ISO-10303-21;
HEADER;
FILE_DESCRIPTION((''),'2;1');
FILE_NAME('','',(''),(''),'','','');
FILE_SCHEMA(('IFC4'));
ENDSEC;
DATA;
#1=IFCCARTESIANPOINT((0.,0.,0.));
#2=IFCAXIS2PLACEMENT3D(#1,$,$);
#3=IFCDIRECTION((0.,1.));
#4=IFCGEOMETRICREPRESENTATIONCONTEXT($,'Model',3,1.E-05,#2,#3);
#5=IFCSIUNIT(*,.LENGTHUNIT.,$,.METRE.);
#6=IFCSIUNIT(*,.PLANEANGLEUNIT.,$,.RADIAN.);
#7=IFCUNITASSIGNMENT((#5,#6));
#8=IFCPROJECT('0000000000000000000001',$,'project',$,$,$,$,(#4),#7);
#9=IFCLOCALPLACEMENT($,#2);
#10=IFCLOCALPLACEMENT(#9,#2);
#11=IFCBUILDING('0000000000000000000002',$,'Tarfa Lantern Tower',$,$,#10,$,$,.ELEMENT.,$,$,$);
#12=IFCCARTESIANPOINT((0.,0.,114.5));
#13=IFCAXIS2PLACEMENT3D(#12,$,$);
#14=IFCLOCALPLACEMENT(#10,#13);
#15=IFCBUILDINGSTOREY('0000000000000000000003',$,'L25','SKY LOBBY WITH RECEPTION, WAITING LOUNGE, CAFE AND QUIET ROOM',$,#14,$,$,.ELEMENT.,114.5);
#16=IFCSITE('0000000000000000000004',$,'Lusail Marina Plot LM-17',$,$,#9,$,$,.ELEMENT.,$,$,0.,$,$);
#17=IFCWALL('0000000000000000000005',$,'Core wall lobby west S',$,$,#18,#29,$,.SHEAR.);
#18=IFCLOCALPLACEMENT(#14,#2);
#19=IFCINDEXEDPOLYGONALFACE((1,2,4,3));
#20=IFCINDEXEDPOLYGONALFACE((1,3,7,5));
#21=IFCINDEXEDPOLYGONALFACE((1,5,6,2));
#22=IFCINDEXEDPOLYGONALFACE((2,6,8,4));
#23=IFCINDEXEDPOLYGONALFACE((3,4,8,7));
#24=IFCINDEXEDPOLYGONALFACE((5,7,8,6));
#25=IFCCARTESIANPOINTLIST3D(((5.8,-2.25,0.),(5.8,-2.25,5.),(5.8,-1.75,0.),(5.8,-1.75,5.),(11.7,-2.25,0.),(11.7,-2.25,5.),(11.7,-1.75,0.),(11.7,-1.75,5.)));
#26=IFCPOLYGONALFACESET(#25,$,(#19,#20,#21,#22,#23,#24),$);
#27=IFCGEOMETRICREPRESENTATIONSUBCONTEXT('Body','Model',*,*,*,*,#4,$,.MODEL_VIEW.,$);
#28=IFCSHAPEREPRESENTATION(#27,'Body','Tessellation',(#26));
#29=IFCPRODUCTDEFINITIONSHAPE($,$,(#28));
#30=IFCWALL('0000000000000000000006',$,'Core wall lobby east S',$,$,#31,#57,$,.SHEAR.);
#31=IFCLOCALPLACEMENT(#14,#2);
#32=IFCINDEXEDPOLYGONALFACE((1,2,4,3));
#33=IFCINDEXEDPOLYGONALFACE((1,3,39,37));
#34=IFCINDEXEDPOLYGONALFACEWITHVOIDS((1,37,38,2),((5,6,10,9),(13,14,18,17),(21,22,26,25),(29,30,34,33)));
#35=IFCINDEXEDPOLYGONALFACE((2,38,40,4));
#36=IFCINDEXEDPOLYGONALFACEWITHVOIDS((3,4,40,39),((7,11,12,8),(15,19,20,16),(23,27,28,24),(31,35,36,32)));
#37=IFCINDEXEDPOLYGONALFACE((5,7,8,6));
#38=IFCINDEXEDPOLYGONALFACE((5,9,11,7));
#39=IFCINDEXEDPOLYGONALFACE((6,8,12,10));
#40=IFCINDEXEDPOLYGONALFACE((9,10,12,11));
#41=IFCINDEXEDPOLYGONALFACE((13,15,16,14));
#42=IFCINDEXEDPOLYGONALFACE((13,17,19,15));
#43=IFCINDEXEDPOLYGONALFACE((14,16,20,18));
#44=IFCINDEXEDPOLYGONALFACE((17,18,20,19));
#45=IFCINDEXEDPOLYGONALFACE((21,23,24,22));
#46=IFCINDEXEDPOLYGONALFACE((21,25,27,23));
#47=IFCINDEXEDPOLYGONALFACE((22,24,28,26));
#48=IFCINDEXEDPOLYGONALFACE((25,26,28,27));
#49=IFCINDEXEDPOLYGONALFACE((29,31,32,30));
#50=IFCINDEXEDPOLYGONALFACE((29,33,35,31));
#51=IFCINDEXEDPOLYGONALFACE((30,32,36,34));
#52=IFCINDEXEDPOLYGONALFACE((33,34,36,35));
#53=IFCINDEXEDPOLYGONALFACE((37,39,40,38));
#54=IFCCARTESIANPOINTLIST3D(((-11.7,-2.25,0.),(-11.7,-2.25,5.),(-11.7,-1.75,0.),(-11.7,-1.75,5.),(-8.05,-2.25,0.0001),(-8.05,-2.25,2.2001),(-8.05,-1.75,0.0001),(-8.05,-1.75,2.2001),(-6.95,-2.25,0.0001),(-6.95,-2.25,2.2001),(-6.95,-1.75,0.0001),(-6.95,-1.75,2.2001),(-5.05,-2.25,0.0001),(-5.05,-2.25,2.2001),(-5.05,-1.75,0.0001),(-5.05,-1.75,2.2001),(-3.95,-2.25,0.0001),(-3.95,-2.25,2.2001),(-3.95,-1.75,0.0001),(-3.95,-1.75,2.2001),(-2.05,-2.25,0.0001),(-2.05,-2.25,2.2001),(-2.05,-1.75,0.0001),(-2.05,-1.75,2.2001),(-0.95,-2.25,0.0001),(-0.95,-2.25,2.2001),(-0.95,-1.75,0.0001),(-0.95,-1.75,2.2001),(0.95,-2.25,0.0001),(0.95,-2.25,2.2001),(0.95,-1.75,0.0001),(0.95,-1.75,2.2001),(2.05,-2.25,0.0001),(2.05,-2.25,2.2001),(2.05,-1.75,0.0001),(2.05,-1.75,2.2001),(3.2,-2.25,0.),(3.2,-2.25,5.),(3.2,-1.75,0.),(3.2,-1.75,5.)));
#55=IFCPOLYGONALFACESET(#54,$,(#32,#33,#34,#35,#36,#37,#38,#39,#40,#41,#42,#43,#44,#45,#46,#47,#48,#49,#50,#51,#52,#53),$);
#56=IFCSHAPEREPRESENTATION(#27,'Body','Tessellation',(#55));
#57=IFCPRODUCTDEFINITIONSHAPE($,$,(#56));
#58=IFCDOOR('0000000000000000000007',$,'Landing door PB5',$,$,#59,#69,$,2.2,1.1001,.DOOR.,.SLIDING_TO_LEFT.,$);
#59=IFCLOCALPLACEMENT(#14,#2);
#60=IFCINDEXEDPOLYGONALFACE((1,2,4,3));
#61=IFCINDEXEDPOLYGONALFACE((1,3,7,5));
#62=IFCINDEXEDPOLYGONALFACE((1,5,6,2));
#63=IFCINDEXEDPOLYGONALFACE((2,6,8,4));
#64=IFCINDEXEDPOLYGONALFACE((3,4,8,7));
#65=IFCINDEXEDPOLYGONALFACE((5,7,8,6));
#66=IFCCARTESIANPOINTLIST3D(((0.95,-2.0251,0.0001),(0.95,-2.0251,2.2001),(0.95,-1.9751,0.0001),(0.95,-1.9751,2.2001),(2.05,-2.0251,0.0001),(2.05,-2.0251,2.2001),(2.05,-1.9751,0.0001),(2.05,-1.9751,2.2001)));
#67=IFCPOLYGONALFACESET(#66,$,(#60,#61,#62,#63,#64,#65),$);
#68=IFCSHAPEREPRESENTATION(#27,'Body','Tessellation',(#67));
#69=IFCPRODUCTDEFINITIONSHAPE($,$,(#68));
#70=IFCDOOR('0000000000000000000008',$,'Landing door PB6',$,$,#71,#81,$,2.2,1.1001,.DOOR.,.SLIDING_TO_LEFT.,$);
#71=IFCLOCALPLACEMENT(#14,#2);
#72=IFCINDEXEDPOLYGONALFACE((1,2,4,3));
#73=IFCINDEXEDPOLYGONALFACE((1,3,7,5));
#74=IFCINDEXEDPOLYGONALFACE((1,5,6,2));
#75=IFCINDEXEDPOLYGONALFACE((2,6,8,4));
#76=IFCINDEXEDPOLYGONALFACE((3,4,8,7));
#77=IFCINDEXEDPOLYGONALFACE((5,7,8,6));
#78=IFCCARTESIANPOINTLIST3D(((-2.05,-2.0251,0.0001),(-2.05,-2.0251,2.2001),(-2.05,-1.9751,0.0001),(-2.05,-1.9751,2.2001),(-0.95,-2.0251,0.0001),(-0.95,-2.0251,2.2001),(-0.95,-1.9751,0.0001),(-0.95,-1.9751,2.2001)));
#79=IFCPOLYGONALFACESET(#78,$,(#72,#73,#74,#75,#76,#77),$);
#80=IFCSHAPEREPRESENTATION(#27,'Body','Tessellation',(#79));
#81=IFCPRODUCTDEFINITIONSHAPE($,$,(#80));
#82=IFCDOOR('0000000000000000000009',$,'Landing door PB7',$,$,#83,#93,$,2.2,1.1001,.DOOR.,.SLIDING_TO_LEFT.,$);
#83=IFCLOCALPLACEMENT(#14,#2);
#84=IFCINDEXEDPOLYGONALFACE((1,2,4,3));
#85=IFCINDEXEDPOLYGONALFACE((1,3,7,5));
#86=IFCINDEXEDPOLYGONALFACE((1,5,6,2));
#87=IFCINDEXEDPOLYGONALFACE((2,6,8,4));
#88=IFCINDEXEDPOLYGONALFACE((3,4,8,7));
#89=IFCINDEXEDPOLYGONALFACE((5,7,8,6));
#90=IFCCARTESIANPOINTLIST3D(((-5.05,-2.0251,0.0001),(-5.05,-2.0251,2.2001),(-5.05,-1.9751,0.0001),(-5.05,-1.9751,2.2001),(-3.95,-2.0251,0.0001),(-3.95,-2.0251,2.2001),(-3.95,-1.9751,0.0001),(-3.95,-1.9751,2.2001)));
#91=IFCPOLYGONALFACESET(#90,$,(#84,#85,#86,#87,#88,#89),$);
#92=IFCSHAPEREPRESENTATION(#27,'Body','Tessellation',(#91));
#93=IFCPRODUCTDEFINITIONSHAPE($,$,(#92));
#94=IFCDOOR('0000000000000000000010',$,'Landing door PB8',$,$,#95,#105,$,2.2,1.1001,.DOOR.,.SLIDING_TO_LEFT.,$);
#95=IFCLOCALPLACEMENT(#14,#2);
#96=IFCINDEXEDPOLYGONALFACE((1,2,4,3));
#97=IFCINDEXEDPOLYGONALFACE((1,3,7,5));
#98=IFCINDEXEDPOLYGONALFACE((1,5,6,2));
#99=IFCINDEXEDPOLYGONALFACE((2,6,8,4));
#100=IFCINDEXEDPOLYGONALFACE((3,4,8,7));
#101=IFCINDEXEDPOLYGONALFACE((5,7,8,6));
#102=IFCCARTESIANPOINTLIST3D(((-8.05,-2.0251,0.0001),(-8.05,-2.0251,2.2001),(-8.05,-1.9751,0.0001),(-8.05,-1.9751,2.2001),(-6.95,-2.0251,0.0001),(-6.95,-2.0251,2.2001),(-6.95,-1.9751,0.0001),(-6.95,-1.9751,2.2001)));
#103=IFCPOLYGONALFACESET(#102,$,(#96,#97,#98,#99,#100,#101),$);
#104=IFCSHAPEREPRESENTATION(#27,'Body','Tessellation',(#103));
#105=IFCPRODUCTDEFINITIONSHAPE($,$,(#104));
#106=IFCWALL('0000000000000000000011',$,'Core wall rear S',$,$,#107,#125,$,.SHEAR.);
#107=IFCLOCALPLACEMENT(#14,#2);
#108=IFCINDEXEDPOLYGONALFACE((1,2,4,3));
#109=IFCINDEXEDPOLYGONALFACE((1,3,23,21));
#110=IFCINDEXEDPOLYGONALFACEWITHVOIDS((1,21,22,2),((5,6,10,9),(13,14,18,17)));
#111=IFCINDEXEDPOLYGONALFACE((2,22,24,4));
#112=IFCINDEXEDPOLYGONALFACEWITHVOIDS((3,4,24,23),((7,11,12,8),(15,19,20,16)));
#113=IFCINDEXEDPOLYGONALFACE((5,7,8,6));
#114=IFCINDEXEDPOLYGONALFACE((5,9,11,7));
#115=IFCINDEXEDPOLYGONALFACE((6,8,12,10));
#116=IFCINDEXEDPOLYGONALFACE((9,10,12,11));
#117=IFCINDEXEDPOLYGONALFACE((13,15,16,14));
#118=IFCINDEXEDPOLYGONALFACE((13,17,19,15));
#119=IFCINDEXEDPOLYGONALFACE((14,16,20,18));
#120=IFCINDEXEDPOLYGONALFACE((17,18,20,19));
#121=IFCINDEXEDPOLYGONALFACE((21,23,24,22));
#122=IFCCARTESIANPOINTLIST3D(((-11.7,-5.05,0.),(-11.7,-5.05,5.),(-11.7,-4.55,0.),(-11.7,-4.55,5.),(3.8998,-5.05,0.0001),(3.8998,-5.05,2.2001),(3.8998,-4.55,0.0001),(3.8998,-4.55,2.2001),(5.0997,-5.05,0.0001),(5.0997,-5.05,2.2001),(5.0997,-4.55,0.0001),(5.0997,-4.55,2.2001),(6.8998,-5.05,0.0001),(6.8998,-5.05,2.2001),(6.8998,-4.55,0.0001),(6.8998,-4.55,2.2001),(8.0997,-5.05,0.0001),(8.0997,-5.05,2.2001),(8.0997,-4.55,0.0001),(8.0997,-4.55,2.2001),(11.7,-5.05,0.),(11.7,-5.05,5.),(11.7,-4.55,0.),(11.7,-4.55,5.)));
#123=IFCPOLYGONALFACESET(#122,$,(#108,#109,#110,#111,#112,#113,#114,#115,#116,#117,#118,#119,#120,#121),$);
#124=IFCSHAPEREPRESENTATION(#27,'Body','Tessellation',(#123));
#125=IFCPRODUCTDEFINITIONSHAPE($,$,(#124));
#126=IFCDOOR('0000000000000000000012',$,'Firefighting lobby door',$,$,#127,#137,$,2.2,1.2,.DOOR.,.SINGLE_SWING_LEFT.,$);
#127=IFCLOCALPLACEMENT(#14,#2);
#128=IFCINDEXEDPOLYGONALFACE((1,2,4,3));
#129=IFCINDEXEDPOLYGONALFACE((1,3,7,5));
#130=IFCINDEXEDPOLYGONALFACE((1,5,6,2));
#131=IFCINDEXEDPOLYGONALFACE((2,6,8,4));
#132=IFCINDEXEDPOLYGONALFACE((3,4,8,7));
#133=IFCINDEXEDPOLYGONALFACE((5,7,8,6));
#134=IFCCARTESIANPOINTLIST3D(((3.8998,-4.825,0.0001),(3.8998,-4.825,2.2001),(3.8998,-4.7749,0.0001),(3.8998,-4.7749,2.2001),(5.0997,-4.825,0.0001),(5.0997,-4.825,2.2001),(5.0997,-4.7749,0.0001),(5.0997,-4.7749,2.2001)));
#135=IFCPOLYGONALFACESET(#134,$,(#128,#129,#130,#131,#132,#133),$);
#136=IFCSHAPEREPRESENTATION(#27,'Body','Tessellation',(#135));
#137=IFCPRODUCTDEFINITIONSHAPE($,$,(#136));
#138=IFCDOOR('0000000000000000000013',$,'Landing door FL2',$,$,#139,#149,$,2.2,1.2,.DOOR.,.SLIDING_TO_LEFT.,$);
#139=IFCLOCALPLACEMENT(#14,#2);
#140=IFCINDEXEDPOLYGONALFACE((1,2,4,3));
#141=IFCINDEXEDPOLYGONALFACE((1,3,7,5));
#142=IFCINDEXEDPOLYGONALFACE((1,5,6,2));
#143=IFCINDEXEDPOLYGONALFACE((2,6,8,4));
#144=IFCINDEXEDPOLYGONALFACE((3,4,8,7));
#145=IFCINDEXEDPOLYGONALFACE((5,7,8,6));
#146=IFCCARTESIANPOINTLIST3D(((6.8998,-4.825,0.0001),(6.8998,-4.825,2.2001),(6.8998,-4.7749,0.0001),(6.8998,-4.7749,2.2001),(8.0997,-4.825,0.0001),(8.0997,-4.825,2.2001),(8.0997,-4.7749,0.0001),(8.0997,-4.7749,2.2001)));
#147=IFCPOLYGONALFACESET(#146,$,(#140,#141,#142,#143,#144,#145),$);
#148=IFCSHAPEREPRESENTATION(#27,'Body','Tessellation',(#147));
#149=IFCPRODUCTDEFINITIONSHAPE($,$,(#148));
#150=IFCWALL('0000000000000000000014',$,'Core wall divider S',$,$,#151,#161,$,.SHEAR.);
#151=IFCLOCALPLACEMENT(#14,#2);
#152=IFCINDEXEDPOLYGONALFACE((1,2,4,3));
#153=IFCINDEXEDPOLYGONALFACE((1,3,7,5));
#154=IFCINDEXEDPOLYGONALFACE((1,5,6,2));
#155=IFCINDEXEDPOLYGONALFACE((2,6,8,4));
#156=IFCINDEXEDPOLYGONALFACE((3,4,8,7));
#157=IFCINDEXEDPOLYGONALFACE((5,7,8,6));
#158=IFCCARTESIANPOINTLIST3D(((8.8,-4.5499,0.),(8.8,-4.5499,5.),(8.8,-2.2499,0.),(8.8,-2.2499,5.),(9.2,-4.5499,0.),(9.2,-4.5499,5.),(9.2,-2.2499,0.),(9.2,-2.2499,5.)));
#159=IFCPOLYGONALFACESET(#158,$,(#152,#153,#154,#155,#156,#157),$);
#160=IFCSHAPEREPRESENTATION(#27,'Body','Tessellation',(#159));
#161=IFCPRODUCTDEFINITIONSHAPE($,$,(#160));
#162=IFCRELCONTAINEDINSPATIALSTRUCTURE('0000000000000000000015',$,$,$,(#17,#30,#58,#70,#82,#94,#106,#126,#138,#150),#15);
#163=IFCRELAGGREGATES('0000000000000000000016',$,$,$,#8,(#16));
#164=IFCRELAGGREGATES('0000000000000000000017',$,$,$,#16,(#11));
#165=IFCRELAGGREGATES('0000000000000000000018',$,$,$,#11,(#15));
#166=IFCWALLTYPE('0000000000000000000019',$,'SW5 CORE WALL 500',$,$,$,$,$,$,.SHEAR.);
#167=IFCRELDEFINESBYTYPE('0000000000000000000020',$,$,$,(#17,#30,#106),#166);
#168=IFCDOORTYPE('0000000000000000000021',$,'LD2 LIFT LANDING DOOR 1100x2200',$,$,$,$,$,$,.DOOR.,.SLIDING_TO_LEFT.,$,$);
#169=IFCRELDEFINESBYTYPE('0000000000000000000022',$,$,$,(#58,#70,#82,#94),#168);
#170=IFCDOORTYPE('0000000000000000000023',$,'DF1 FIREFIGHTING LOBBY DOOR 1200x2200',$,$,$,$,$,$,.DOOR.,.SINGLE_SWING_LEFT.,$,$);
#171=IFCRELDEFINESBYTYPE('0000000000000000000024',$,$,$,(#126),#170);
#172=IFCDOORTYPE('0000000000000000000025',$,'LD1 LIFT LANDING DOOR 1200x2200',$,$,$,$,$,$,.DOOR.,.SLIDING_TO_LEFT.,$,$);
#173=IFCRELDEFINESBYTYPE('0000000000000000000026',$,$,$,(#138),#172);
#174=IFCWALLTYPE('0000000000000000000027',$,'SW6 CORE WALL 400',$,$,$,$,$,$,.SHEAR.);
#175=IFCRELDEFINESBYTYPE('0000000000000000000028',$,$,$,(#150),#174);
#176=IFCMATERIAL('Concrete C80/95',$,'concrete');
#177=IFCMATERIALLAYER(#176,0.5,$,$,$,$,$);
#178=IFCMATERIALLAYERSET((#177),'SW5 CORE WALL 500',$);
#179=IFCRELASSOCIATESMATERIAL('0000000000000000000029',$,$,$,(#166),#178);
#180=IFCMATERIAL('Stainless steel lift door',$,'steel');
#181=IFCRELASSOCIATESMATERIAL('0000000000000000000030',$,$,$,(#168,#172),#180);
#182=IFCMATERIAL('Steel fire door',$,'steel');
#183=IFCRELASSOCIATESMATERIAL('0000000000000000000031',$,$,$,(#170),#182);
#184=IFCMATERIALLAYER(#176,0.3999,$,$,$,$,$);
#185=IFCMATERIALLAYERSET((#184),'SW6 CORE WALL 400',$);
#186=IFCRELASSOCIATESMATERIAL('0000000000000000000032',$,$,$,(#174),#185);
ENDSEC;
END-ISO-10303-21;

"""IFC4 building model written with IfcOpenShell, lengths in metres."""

from ifc_helpers import new_model, si_unit, direction, frame, frame_2d, origin, place, context, subcontext, project, spatial, rectangle, extrude, material, layer, layer_set, type_object, element, fill, save


model = new_model("IFC4")

# Units and contexts
model_context = context("Model", 3, precision=1e-05, world=origin(), true_north=direction((0.0, 1.0)))
body_context = subcontext(model_context, "Body", "Model", "MODEL_VIEW")
ifc_project = project(units=[si_unit("LENGTHUNIT", "METRE"), si_unit("PLANEANGLEUNIT", "RADIAN")], contexts=[model_context])

# Site, building, storey
site_placement = place(None, origin())
site = spatial("IfcSite", under=ifc_project, at=site_placement, Name="Lusail Marina Plot LM-17", CompositionType="ELEMENT", RefElevation=0.0)
building_placement = place(site_placement, origin())
building = spatial("IfcBuilding", under=site, at=building_placement, Name="Tarfa Lantern Tower", CompositionType="ELEMENT")
storey_placement = place(building_placement, frame((0.0, 0.0, 114.5)))
storey = spatial("IfcBuildingStorey", under=building, at=storey_placement, Name="L25", Description="SKY LOBBY WITH RECEPTION, WAITING LOUNGE, CAFE AND QUIET ROOM", CompositionType="ELEMENT", Elevation=114.5)

# Shared definitions
ifc_material_1 = material(Name="Concrete C80/95", Category="concrete")

# Shared definitions
ifc_material_2 = material(Name="Steel fire door", Category="steel")

# Wall
ifc_layer_1 = layer(ifc_material_1, 0.5)
ifc_layer_set_1 = layer_set([ifc_layer_1], Name="SW5 CORE WALL 500")
wall_type_1 = type_object("IfcWallType", Name="SW5 CORE WALL 500", PredefinedType="SHEAR", material=ifc_layer_set_1)
wall_1_placement = place(storey_placement, frame((11.7, -2.0, 0.0), z_axis=(0.0, 0.0, 1.0), x_axis=(-1.0, 0.0, 0.0)))
element("IfcWall", 1, at=wall_1_placement, inside=storey, type_object=wall_type_1, Name="Core wall lobby west S", PredefinedType="SHEAR", context=body_context, shape_type="SweptSolid", body=[
    extrude(rectangle(XDim=5.8999, YDim=0.5, at=frame_2d((2.95, 0.0))), origin(), (0.0, 0.0, 1.0), 5.0),
])

# Walls, openings, doors
wall_2_placement = place(storey_placement, frame((3.2, -2.0, 0.0), z_axis=(0.0, 0.0, 1.0), x_axis=(-1.0, 0.0, 0.0)))
wall_2 = element("IfcWall", 2, at=wall_2_placement, inside=storey, type_object=wall_type_1, Name="Core wall lobby east S", PredefinedType="SHEAR", context=body_context, shape_type="SweptSolid", body=[
    extrude(rectangle(XDim=14.8999, YDim=0.5, at=frame_2d((7.45, 0.0))), origin(), (0.0, 0.0, 1.0), 5.0),
])
opening_1_placement = place(wall_2_placement, frame((1.1499, 0.0, 0.0)))
opening_1 = element("IfcOpeningElement", 3, at=opening_1_placement, cuts=wall_2, PredefinedType="OPENING", context=body_context, shape_type="SweptSolid", body=[
    extrude(rectangle(XDim=1.1001, YDim=2.2, at=frame_2d((0.55, 1.1001))), frame((0.0, 0.26, 0.0), z_axis=(0.0, -1.0, 0.0), x_axis=(1.0, 0.0, 0.0)), (0.0, 0.0, 1.0), 0.52),
])
opening_2_placement = place(wall_2_placement, frame((4.1499, 0.0, 0.0)))
opening_2 = element("IfcOpeningElement", 4, at=opening_2_placement, cuts=wall_2, PredefinedType="OPENING", context=body_context, shape_type="SweptSolid", body=[
    extrude(rectangle(XDim=1.1001, YDim=2.2, at=frame_2d((0.55, 1.1001))), frame((0.0, 0.26, 0.0), z_axis=(0.0, -1.0, 0.0), x_axis=(1.0, 0.0, 0.0)), (0.0, 0.0, 1.0), 0.52),
])
opening_3_placement = place(wall_2_placement, frame((7.1499, 0.0, 0.0)))
opening_3 = element("IfcOpeningElement", 5, at=opening_3_placement, cuts=wall_2, PredefinedType="OPENING", context=body_context, shape_type="SweptSolid", body=[
    extrude(rectangle(XDim=1.1001, YDim=2.2, at=frame_2d((0.55, 1.1001))), frame((0.0, 0.26, 0.0), z_axis=(0.0, -1.0, 0.0), x_axis=(1.0, 0.0, 0.0)), (0.0, 0.0, 1.0), 0.52),
])
opening_4_placement = place(wall_2_placement, frame((10.1499, 0.0, 0.0)))
opening_4 = element("IfcOpeningElement", 6, at=opening_4_placement, cuts=wall_2, PredefinedType="OPENING", context=body_context, shape_type="SweptSolid", body=[
    extrude(rectangle(XDim=1.1001, YDim=2.2, at=frame_2d((0.55, 1.1001))), frame((0.0, 0.26, 0.0), z_axis=(0.0, -1.0, 0.0), x_axis=(1.0, 0.0, 0.0)), (0.0, 0.0, 1.0), 0.52),
])
ifc_material_3 = material(Name="Stainless steel lift door", Category="steel")
door_type_1 = type_object("IfcDoorType", Name="LD2 LIFT LANDING DOOR 1100x2200", OperationType="SLIDING_TO_LEFT", PredefinedType="DOOR", material=ifc_material_3)
door_1_placement = place(opening_1_placement, frame((1.1001, 0.0, 0.0), z_axis=(0.0, 0.0, 1.0), x_axis=(-1.0, 0.0, 0.0)))
door_1 = element("IfcDoor", 7, at=door_1_placement, inside=storey, type_object=door_type_1, Name="Landing door PB5", OperationType="SLIDING_TO_LEFT", OverallHeight=2.2, OverallWidth=1.1001, PredefinedType="DOOR", context=body_context, shape_type="SweptSolid", body=[
    extrude(rectangle(XDim=1.1001, YDim=2.2, at=frame_2d((0.55, 1.1001))), frame((0.0, 0.0249, 0.0), z_axis=(0.0, -1.0, 0.0), x_axis=(1.0, 0.0, 0.0)), (0.0, 0.0, 1.0), 0.05),
])
fill(opening_1, door_1)
door_2_placement = place(opening_2_placement, frame((1.1001, 0.0, 0.0), z_axis=(0.0, 0.0, 1.0), x_axis=(-1.0, 0.0, 0.0)))
door_2 = element("IfcDoor", 8, at=door_2_placement, inside=storey, type_object=door_type_1, Name="Landing door PB6", OperationType="SLIDING_TO_LEFT", OverallHeight=2.2, OverallWidth=1.1001, PredefinedType="DOOR", context=body_context, shape_type="SweptSolid", body=[
    extrude(rectangle(XDim=1.1001, YDim=2.2, at=frame_2d((0.55, 1.1001))), frame((0.0, 0.0249, 0.0), z_axis=(0.0, -1.0, 0.0), x_axis=(1.0, 0.0, 0.0)), (0.0, 0.0, 1.0), 0.05),
])
fill(opening_2, door_2)
door_3_placement = place(opening_3_placement, frame((1.1001, 0.0, 0.0), z_axis=(0.0, 0.0, 1.0), x_axis=(-1.0, 0.0, 0.0)))
door_3 = element("IfcDoor", 9, at=door_3_placement, inside=storey, type_object=door_type_1, Name="Landing door PB7", OperationType="SLIDING_TO_LEFT", OverallHeight=2.2, OverallWidth=1.1001, PredefinedType="DOOR", context=body_context, shape_type="SweptSolid", body=[
    extrude(rectangle(XDim=1.1001, YDim=2.2, at=frame_2d((0.55, 1.1001))), frame((0.0, 0.0249, 0.0), z_axis=(0.0, -1.0, 0.0), x_axis=(1.0, 0.0, 0.0)), (0.0, 0.0, 1.0), 0.05),
])
fill(opening_3, door_3)
door_4_placement = place(opening_4_placement, frame((1.1001, 0.0, 0.0), z_axis=(0.0, 0.0, 1.0), x_axis=(-1.0, 0.0, 0.0)))
door_4 = element("IfcDoor", 10, at=door_4_placement, inside=storey, type_object=door_type_1, Name="Landing door PB8", OperationType="SLIDING_TO_LEFT", OverallHeight=2.2, OverallWidth=1.1001, PredefinedType="DOOR", context=body_context, shape_type="SweptSolid", body=[
    extrude(rectangle(XDim=1.1001, YDim=2.2, at=frame_2d((0.55, 1.1001))), frame((0.0, 0.0249, 0.0), z_axis=(0.0, -1.0, 0.0), x_axis=(1.0, 0.0, 0.0)), (0.0, 0.0, 1.0), 0.05),
])
fill(opening_4, door_4)
wall_3_placement = place(storey_placement, frame((11.7, -4.8, 0.0), z_axis=(0.0, 0.0, 1.0), x_axis=(-1.0, 0.0, 0.0)))
wall_3 = element("IfcWall", 11, at=wall_3_placement, inside=storey, type_object=wall_type_1, Name="Core wall rear S", PredefinedType="SHEAR", context=body_context, shape_type="SweptSolid", body=[
    extrude(rectangle(XDim=23.3999, YDim=0.5, at=frame_2d((11.7, 0.0))), origin(), (0.0, 0.0, 1.0), 5.0),
])
opening_5_placement = place(wall_3_placement, frame((6.6001, 0.0, 0.0)))
opening_5 = element("IfcOpeningElement", 12, at=opening_5_placement, cuts=wall_3, PredefinedType="OPENING", context=body_context, shape_type="SweptSolid", body=[
    extrude(rectangle(XDim=1.2, YDim=2.2, at=frame_2d((0.6001, 1.1001))), frame((0.0, 0.26, 0.0), z_axis=(0.0, -1.0, 0.0), x_axis=(1.0, 0.0, 0.0)), (0.0, 0.0, 1.0), 0.52),
])
opening_6_placement = place(wall_3_placement, frame((3.6001, 0.0, 0.0)))
opening_6 = element("IfcOpeningElement", 13, at=opening_6_placement, cuts=wall_3, PredefinedType="OPENING", context=body_context, shape_type="SweptSolid", body=[
    extrude(rectangle(XDim=1.2, YDim=2.2, at=frame_2d((0.6001, 1.1001))), frame((0.0, 0.26, 0.0), z_axis=(0.0, -1.0, 0.0), x_axis=(1.0, 0.0, 0.0)), (0.0, 0.0, 1.0), 0.52),
])
door_type_2 = type_object("IfcDoorType", Name="DF1 FIREFIGHTING LOBBY DOOR 1200x2200", OperationType="SINGLE_SWING_LEFT", PredefinedType="DOOR", material=ifc_material_2)
door_5_placement = place(opening_5_placement, origin())
door_5 = element("IfcDoor", 14, at=door_5_placement, inside=storey, type_object=door_type_2, Name="Firefighting lobby door", OperationType="SINGLE_SWING_LEFT", OverallHeight=2.2, OverallWidth=1.2, PredefinedType="DOOR", context=body_context, shape_type="SweptSolid", body=[
    extrude(rectangle(XDim=1.2, YDim=2.2, at=frame_2d((0.6001, 1.1001))), frame((0.0, 0.0249, 0.0), z_axis=(0.0, -1.0, 0.0), x_axis=(1.0, 0.0, 0.0)), (0.0, 0.0, 1.0), 0.05),
])
fill(opening_5, door_5)
door_type_3 = type_object("IfcDoorType", Name="LD1 LIFT LANDING DOOR 1200x2200", OperationType="SLIDING_TO_LEFT", PredefinedType="DOOR", material=ifc_material_3)
door_6_placement = place(opening_6_placement, origin())
door_6 = element("IfcDoor", 15, at=door_6_placement, inside=storey, type_object=door_type_3, Name="Landing door FL2", OperationType="SLIDING_TO_LEFT", OverallHeight=2.2, OverallWidth=1.2, PredefinedType="DOOR", context=body_context, shape_type="SweptSolid", body=[
    extrude(rectangle(XDim=1.2, YDim=2.2, at=frame_2d((0.6001, 1.1001))), frame((0.0, 0.0249, 0.0), z_axis=(0.0, -1.0, 0.0), x_axis=(1.0, 0.0, 0.0)), (0.0, 0.0, 1.0), 0.05),
])
fill(opening_6, door_6)

# Wall
ifc_layer_2 = layer(ifc_material_1, 0.3999)
ifc_layer_set_2 = layer_set([ifc_layer_2], Name="SW6 CORE WALL 400")
wall_type_2 = type_object("IfcWallType", Name="SW6 CORE WALL 400", PredefinedType="SHEAR", material=ifc_layer_set_2)
for number, where, z_axis, x_axis, name in (
    (16, (9.0, -2.25, 0.0), (0.0, 0.0, 1.0), (0.0, -1.0, 0.0), "Core wall divider S"),
):
    element("IfcWall", number, at=place(storey_placement, frame(where, z_axis=z_axis, x_axis=x_axis)), inside=storey, type_object=wall_type_2, Name=name, PredefinedType="SHEAR", context=body_context, shape_type="SweptSolid", body=[
        extrude(rectangle(XDim=2.3, YDim=0.3999, at=frame_2d((1.1499, 0.0))), origin(), (0.0, 0.0, 1.0), 5.0),
    ])

save(model, "model.ifc")
